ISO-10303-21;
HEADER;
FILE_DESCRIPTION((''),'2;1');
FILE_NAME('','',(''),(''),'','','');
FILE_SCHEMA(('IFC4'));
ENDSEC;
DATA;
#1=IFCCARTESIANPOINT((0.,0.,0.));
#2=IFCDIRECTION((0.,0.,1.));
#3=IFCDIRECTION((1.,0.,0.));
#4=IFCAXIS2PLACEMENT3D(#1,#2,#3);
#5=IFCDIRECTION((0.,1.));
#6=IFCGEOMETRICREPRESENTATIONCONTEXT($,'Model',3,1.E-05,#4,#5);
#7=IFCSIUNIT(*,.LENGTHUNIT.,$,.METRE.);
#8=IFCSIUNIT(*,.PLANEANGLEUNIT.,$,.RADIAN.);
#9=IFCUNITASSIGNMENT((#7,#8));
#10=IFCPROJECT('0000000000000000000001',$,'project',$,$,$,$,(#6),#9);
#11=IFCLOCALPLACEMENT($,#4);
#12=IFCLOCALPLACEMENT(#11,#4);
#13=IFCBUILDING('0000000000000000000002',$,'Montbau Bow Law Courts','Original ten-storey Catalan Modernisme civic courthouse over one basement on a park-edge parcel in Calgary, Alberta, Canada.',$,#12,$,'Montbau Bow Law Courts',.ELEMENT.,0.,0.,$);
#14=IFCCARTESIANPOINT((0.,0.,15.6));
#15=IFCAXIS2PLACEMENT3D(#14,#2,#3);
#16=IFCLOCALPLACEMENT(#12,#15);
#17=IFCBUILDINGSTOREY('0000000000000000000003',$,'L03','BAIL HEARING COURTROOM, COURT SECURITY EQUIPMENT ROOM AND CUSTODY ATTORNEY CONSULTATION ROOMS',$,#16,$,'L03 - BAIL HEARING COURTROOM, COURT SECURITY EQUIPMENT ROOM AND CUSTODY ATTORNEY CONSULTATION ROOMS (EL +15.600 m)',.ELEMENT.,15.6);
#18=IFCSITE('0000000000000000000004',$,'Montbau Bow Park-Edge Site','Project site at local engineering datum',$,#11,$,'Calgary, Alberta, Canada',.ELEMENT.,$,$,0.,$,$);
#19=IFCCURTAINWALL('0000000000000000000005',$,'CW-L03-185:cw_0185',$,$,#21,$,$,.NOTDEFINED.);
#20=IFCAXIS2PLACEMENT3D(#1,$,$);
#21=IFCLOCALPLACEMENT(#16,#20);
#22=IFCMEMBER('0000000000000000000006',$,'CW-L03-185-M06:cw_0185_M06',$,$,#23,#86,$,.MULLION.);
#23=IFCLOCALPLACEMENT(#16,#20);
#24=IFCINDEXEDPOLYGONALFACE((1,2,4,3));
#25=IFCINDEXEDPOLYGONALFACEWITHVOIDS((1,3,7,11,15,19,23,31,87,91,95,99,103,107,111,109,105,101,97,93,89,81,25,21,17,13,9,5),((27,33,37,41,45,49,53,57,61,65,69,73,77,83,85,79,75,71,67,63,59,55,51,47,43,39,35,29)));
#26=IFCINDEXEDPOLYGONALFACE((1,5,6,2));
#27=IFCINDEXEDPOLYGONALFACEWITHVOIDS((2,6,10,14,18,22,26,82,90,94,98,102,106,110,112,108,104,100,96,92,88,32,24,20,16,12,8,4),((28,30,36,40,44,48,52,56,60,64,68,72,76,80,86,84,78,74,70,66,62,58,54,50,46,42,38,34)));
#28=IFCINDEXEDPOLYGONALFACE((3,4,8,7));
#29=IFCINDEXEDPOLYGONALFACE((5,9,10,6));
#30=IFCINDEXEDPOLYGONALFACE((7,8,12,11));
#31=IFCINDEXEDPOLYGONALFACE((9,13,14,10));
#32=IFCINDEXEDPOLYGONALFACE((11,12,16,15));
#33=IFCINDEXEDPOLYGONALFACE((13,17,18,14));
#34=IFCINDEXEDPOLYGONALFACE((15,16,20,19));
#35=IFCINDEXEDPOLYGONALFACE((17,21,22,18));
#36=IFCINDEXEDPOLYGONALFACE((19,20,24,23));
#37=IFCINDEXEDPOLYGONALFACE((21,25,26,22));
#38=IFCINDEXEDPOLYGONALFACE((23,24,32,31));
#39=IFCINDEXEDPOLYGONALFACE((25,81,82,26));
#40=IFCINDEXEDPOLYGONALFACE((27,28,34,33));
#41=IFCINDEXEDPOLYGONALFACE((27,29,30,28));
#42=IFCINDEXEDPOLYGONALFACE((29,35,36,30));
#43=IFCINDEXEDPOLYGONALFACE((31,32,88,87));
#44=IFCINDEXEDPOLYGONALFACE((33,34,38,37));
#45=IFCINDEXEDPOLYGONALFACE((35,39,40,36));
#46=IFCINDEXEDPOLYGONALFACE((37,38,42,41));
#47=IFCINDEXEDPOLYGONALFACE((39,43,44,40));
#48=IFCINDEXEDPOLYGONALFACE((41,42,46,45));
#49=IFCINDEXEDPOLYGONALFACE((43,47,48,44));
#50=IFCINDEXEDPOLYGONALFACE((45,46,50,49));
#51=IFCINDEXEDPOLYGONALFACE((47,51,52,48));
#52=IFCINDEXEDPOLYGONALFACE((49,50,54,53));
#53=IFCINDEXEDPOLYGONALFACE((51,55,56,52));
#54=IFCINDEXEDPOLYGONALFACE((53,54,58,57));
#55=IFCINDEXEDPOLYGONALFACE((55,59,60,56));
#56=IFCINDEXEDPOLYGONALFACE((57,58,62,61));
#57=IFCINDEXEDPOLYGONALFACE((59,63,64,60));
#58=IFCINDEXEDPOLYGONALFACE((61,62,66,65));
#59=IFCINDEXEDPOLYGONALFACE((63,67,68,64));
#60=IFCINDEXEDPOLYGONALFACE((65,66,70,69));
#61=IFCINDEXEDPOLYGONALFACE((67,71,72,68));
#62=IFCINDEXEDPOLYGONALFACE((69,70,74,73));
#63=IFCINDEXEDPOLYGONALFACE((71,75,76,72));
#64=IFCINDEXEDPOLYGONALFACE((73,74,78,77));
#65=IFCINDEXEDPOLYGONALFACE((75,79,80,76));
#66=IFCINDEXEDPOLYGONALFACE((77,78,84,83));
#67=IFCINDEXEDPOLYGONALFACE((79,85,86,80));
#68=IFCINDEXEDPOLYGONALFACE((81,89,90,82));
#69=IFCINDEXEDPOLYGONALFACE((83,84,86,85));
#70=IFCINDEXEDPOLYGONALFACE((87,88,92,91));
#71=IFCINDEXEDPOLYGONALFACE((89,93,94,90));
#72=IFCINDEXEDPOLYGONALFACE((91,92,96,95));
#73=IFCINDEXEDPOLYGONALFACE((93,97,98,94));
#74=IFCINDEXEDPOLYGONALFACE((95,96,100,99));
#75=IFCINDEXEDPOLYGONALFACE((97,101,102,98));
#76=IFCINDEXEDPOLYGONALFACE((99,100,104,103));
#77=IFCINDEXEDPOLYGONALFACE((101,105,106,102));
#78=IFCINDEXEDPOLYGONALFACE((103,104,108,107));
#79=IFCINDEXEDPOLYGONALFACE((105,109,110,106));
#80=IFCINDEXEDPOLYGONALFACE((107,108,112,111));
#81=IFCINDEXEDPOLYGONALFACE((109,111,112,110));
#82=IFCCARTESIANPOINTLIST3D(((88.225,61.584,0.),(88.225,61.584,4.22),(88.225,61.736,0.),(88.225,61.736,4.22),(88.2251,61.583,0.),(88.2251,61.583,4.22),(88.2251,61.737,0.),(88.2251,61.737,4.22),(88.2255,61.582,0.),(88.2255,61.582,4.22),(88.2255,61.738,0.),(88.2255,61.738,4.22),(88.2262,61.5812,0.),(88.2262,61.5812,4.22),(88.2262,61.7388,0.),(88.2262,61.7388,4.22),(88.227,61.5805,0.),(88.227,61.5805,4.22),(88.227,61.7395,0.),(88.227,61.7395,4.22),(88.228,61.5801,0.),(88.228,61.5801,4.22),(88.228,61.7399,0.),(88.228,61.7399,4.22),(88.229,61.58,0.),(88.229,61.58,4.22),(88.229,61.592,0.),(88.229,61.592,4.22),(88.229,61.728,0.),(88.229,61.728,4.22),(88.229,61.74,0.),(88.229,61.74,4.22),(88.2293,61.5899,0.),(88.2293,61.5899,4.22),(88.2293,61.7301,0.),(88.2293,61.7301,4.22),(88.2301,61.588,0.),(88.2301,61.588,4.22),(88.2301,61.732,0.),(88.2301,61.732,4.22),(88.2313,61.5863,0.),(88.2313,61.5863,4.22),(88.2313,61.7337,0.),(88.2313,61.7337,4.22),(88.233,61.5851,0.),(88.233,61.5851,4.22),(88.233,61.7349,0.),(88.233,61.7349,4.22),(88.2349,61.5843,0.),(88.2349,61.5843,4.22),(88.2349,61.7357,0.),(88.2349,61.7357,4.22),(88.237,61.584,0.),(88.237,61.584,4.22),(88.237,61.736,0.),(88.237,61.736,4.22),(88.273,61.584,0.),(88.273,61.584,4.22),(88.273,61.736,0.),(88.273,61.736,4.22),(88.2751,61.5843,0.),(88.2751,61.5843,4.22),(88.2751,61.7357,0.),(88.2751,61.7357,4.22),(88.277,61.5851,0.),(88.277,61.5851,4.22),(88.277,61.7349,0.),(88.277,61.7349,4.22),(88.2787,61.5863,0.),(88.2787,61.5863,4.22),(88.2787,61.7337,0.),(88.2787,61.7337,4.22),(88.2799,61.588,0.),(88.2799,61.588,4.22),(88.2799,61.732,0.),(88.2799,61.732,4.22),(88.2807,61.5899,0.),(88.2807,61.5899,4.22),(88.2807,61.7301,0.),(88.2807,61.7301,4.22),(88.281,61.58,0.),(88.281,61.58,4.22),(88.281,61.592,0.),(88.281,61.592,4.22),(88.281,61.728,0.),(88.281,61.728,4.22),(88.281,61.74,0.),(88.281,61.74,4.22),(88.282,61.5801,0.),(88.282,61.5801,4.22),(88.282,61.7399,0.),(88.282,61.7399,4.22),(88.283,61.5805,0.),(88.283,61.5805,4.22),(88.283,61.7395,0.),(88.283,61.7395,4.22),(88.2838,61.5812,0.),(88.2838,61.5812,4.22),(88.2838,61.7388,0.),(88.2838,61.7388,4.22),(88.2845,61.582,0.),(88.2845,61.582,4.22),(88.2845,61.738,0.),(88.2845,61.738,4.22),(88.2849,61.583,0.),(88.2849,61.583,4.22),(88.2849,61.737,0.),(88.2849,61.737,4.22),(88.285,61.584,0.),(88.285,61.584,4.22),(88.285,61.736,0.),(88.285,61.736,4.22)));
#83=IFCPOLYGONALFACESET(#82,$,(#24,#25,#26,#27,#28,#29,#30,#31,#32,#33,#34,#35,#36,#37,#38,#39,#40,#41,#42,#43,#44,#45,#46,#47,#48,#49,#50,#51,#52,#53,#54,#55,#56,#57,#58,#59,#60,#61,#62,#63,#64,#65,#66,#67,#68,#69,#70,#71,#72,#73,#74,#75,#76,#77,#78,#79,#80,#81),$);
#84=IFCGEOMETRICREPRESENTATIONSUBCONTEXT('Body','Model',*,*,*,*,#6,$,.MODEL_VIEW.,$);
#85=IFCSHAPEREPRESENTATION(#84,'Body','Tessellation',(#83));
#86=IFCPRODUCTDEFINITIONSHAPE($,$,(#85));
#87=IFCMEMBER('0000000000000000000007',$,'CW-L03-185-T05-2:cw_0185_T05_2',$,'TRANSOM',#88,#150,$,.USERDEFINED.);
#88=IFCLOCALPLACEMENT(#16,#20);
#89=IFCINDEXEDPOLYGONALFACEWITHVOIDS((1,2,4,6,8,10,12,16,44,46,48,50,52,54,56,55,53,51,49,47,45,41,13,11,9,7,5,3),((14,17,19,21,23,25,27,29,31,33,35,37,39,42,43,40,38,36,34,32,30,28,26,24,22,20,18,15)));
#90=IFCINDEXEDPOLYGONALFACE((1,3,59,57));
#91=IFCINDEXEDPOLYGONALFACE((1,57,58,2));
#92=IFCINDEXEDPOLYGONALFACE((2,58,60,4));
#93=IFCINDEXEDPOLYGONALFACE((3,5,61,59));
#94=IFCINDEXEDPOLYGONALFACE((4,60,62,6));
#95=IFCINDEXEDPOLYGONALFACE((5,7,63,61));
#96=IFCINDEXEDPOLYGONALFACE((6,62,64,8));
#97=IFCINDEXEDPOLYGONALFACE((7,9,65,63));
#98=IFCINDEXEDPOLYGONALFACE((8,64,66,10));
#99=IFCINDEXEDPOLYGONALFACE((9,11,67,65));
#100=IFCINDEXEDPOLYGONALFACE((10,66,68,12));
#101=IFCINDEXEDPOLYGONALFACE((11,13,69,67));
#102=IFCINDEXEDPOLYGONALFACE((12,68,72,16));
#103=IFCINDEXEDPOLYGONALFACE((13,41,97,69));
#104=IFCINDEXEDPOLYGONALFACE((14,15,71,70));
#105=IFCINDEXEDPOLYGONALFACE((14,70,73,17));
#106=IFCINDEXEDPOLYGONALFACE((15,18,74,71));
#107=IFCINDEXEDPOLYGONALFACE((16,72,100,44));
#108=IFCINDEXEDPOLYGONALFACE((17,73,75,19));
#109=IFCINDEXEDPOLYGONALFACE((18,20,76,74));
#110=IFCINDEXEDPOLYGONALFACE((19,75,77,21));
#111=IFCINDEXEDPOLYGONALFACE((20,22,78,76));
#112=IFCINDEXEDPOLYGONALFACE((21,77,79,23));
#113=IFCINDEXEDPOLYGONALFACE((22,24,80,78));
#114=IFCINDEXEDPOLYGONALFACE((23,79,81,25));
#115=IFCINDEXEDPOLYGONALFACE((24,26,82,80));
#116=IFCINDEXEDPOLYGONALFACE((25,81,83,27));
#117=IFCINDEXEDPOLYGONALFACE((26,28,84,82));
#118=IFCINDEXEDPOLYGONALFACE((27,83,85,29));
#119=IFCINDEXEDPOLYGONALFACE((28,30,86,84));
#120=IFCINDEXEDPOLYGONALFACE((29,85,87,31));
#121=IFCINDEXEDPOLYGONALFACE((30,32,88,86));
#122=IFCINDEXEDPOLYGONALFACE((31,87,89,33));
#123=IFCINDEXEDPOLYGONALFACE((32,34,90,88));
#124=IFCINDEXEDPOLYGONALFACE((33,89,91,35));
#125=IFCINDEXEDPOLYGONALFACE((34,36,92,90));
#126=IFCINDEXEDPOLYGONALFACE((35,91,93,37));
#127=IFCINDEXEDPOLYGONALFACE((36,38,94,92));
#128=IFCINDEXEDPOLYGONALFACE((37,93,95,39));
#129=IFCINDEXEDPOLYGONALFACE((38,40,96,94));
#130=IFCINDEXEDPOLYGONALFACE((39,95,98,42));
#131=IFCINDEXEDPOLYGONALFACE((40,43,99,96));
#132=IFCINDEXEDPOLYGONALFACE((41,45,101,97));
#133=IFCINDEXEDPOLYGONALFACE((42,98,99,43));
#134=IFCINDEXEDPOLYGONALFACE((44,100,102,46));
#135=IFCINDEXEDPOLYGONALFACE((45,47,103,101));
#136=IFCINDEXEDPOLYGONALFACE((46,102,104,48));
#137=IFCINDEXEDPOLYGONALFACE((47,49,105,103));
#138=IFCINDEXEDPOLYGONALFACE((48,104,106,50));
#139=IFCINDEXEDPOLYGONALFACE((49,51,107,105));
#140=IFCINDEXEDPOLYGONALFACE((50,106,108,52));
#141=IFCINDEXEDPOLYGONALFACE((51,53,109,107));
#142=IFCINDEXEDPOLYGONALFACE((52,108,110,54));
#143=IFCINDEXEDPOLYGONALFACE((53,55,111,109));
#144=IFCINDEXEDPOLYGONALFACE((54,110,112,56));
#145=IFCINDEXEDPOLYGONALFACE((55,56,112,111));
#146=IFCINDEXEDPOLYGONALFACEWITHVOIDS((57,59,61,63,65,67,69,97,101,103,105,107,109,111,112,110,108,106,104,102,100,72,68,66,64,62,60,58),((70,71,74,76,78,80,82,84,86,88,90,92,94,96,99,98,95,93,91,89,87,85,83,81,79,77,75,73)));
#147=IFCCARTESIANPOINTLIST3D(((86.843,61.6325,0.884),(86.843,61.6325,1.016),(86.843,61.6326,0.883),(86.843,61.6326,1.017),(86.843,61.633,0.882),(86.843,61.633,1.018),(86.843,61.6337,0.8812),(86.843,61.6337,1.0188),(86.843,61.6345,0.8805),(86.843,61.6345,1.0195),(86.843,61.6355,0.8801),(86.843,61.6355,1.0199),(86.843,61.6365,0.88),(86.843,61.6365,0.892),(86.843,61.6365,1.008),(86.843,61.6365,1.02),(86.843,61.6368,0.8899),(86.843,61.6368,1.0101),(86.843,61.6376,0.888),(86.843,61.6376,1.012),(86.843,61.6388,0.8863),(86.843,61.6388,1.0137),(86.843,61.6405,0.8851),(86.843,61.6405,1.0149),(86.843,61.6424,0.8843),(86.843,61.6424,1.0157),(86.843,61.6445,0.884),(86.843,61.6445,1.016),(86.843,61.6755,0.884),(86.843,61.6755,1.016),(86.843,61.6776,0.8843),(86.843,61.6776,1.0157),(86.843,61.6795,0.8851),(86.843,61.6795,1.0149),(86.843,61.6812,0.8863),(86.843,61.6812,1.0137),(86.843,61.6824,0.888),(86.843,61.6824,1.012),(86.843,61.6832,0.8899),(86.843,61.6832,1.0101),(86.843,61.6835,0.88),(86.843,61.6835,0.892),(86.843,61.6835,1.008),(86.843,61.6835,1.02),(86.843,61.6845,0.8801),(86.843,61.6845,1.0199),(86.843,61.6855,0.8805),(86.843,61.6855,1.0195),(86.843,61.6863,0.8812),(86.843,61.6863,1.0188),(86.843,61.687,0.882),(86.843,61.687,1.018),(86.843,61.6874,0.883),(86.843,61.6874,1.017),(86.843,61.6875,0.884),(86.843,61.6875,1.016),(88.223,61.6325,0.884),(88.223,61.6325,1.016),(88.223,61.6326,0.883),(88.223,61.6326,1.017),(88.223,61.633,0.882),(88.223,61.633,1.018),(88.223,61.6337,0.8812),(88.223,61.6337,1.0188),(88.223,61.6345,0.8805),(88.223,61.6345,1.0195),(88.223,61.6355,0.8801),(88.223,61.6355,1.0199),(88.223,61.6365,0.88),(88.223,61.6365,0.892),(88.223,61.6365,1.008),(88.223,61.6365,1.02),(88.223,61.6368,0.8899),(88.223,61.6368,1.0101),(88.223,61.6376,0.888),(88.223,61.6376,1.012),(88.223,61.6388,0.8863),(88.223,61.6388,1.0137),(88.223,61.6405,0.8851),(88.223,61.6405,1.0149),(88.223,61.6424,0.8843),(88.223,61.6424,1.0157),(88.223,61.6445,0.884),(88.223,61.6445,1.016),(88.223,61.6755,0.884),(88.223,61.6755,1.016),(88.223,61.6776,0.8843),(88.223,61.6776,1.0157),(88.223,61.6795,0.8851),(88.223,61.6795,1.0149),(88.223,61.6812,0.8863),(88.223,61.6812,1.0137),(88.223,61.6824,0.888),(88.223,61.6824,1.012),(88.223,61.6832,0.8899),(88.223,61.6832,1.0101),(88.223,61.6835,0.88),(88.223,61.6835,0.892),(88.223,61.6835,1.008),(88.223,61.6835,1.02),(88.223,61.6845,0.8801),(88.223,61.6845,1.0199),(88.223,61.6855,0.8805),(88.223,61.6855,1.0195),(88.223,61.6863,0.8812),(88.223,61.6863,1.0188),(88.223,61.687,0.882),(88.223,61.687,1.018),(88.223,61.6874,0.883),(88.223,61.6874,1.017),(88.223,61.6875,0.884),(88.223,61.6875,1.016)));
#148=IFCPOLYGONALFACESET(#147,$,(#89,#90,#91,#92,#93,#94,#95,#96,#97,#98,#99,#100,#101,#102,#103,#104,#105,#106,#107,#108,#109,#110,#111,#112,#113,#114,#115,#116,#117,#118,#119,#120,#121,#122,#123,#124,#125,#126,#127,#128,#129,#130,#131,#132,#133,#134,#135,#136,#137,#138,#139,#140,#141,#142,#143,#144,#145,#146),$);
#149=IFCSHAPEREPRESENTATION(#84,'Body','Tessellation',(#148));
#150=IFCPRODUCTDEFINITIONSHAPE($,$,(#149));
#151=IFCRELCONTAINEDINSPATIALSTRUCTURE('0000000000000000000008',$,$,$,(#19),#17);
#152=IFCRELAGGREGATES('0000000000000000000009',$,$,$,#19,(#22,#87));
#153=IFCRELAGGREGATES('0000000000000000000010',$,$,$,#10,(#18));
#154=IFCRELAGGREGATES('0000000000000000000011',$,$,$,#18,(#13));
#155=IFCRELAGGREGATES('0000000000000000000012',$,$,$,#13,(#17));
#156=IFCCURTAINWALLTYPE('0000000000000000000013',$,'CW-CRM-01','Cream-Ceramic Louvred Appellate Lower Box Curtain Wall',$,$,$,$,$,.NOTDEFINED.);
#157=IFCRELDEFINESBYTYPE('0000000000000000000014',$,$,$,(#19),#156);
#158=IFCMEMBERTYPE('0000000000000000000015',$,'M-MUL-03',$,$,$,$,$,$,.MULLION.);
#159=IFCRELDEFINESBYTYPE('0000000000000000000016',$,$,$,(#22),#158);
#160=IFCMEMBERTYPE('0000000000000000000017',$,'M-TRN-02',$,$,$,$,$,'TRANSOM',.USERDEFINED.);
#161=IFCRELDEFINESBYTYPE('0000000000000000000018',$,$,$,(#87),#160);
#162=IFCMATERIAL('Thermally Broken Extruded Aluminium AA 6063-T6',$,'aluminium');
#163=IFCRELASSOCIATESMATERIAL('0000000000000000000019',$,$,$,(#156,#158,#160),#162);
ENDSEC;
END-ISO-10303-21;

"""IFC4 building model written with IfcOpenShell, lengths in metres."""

from ifc_helpers import new_model, si_unit, direction, frame, origin_with_axes, origin_2d_with_axis, place, context, subcontext, project, spatial, hollow_rectangle, extrude, material, material_profile, profile_set, type_object, element, aggregate, save


model = new_model("IFC4")

# Units and contexts
model_context = context("Model", 3, precision=1e-05, world=origin_with_axes(), true_north=direction((0.0, 1.0)))
body_context = subcontext(model_context, "Body", "Model", "MODEL_VIEW")
ifc_project = project(units=[si_unit("LENGTHUNIT", "METRE"), si_unit("PLANEANGLEUNIT", "RADIAN")], contexts=[model_context])

# Site, building, storey
site_placement = place(None, origin_with_axes())
site = spatial("IfcSite", under=ifc_project, at=site_placement, Name="Montbau Bow Park-Edge Site", Description="Project site at local engineering datum", LongName="Calgary, Alberta, Canada", CompositionType="ELEMENT", RefElevation=0.0)
building_placement = place(site_placement, origin_with_axes())
building = spatial("IfcBuilding", under=site, at=building_placement, Name="Montbau Bow Law Courts", Description="Original ten-storey Catalan Modernisme civic courthouse over one basement on a park-edge parcel in Calgary, Alberta, Canada.", LongName="Montbau Bow Law Courts", CompositionType="ELEMENT", ElevationOfRefHeight=0.0, ElevationOfTerrain=0.0)
storey_placement = place(building_placement, frame((0.0, 0.0, 15.6), z_axis=(0.0, 0.0, 1.0), x_axis=(1.0, 0.0, 0.0)))
storey = spatial("IfcBuildingStorey", under=building, at=storey_placement, Name="L03", Description="BAIL HEARING COURTROOM, COURT SECURITY EQUIPMENT ROOM AND CUSTODY ATTORNEY CONSULTATION ROOMS", LongName="L03 - BAIL HEARING COURTROOM, COURT SECURITY EQUIPMENT ROOM AND CUSTODY ATTORNEY CONSULTATION ROOMS (EL +15.600 m)", CompositionType="ELEMENT", Elevation=15.6)

# Shared definitions
ifc_material_1 = material(Name="Thermally Broken Extruded Aluminium AA 6063-T6", Category="aluminium")
curtain_wall_type = type_object("IfcCurtainWallType", Name="CW-CRM-01", Description="Cream-Ceramic Louvred Appellate Lower Box Curtain Wall", PredefinedType="NOTDEFINED", material=ifc_material_1)

# Curtain wall, members
curtain_wall_1_placement = place(None, frame((80.915, 61.66, 15.6), z_axis=(0.0, 0.0, 1.0), x_axis=(1.0, 0.0, 0.0)))
curtain_wall_1 = element("IfcCurtainWall", 1, at=curtain_wall_1_placement, inside=storey, type_object=curtain_wall_type, Name="CW-L03-185:cw_0185", PredefinedType="NOTDEFINED")
ifc_material_profile_1 = material_profile(ifc_material_1, hollow_rectangle(XDim=0.06, YDim=0.16, WallThickness=0.004, InnerFilletRadius=0.008, OuterFilletRadius=0.004, at=origin_2d_with_axis()), Name="CWM-160X60", Category="Main", Priority=0)
ifc_profile_set_1 = profile_set([ifc_material_profile_1], Name="Thermally Broken Extruded Aluminium AA 6063-T6")
member_type_1 = type_object("IfcMemberType", Name="M-MUL-03", PredefinedType="MULLION", material=ifc_profile_set_1)
member_1_placement = place(None, frame((88.255, 61.66, 15.6), z_axis=(0.0, 0.0, 1.0), x_axis=(1.0, 0.0, 0.0)))
member_1 = element("IfcMember", 2, at=member_1_placement, type_object=member_type_1, Name="CW-L03-185-M06:cw_0185_M06", PredefinedType="MULLION", context=body_context, shape_type="SweptSolid", body=[
    extrude(hollow_rectangle(XDim=0.06, YDim=0.16, WallThickness=0.004, InnerFilletRadius=0.008, OuterFilletRadius=0.004, at=origin_2d_with_axis()), origin_with_axes(), (0.0, 0.0, 1.0), 4.22),
])
ifc_material_profile_2 = material_profile(ifc_material_1, hollow_rectangle(XDim=0.055, YDim=0.14, WallThickness=0.004, InnerFilletRadius=0.008, OuterFilletRadius=0.004, at=origin_2d_with_axis()), Name="CWT-140X55", Category="Main", Priority=0)
ifc_profile_set_2 = profile_set([ifc_material_profile_2], Name="Thermally Broken Extruded Aluminium AA 6063-T6")
member_type_2 = type_object("IfcMemberType", Name="M-TRN-02", ElementType="TRANSOM", PredefinedType="USERDEFINED", material=ifc_profile_set_2)
member_2_placement = place(None, frame((86.843, 61.66, 16.55), z_axis=(1.0, 0.0, 0.0), x_axis=(0.0, 1.0, 0.0)))
member_2 = element("IfcMember", 3, at=member_2_placement, type_object=member_type_2, Name="CW-L03-185-T05-2:cw_0185_T05_2", ObjectType="TRANSOM", PredefinedType="USERDEFINED", context=body_context, shape_type="SweptSolid", body=[
    extrude(hollow_rectangle(XDim=0.055, YDim=0.14, WallThickness=0.004, InnerFilletRadius=0.008, OuterFilletRadius=0.004, at=origin_2d_with_axis()), origin_with_axes(), (0.0, 0.0, 1.0), 1.38),
])
aggregate(curtain_wall_1, [member_1, member_2])

save(model, "model.ifc")
